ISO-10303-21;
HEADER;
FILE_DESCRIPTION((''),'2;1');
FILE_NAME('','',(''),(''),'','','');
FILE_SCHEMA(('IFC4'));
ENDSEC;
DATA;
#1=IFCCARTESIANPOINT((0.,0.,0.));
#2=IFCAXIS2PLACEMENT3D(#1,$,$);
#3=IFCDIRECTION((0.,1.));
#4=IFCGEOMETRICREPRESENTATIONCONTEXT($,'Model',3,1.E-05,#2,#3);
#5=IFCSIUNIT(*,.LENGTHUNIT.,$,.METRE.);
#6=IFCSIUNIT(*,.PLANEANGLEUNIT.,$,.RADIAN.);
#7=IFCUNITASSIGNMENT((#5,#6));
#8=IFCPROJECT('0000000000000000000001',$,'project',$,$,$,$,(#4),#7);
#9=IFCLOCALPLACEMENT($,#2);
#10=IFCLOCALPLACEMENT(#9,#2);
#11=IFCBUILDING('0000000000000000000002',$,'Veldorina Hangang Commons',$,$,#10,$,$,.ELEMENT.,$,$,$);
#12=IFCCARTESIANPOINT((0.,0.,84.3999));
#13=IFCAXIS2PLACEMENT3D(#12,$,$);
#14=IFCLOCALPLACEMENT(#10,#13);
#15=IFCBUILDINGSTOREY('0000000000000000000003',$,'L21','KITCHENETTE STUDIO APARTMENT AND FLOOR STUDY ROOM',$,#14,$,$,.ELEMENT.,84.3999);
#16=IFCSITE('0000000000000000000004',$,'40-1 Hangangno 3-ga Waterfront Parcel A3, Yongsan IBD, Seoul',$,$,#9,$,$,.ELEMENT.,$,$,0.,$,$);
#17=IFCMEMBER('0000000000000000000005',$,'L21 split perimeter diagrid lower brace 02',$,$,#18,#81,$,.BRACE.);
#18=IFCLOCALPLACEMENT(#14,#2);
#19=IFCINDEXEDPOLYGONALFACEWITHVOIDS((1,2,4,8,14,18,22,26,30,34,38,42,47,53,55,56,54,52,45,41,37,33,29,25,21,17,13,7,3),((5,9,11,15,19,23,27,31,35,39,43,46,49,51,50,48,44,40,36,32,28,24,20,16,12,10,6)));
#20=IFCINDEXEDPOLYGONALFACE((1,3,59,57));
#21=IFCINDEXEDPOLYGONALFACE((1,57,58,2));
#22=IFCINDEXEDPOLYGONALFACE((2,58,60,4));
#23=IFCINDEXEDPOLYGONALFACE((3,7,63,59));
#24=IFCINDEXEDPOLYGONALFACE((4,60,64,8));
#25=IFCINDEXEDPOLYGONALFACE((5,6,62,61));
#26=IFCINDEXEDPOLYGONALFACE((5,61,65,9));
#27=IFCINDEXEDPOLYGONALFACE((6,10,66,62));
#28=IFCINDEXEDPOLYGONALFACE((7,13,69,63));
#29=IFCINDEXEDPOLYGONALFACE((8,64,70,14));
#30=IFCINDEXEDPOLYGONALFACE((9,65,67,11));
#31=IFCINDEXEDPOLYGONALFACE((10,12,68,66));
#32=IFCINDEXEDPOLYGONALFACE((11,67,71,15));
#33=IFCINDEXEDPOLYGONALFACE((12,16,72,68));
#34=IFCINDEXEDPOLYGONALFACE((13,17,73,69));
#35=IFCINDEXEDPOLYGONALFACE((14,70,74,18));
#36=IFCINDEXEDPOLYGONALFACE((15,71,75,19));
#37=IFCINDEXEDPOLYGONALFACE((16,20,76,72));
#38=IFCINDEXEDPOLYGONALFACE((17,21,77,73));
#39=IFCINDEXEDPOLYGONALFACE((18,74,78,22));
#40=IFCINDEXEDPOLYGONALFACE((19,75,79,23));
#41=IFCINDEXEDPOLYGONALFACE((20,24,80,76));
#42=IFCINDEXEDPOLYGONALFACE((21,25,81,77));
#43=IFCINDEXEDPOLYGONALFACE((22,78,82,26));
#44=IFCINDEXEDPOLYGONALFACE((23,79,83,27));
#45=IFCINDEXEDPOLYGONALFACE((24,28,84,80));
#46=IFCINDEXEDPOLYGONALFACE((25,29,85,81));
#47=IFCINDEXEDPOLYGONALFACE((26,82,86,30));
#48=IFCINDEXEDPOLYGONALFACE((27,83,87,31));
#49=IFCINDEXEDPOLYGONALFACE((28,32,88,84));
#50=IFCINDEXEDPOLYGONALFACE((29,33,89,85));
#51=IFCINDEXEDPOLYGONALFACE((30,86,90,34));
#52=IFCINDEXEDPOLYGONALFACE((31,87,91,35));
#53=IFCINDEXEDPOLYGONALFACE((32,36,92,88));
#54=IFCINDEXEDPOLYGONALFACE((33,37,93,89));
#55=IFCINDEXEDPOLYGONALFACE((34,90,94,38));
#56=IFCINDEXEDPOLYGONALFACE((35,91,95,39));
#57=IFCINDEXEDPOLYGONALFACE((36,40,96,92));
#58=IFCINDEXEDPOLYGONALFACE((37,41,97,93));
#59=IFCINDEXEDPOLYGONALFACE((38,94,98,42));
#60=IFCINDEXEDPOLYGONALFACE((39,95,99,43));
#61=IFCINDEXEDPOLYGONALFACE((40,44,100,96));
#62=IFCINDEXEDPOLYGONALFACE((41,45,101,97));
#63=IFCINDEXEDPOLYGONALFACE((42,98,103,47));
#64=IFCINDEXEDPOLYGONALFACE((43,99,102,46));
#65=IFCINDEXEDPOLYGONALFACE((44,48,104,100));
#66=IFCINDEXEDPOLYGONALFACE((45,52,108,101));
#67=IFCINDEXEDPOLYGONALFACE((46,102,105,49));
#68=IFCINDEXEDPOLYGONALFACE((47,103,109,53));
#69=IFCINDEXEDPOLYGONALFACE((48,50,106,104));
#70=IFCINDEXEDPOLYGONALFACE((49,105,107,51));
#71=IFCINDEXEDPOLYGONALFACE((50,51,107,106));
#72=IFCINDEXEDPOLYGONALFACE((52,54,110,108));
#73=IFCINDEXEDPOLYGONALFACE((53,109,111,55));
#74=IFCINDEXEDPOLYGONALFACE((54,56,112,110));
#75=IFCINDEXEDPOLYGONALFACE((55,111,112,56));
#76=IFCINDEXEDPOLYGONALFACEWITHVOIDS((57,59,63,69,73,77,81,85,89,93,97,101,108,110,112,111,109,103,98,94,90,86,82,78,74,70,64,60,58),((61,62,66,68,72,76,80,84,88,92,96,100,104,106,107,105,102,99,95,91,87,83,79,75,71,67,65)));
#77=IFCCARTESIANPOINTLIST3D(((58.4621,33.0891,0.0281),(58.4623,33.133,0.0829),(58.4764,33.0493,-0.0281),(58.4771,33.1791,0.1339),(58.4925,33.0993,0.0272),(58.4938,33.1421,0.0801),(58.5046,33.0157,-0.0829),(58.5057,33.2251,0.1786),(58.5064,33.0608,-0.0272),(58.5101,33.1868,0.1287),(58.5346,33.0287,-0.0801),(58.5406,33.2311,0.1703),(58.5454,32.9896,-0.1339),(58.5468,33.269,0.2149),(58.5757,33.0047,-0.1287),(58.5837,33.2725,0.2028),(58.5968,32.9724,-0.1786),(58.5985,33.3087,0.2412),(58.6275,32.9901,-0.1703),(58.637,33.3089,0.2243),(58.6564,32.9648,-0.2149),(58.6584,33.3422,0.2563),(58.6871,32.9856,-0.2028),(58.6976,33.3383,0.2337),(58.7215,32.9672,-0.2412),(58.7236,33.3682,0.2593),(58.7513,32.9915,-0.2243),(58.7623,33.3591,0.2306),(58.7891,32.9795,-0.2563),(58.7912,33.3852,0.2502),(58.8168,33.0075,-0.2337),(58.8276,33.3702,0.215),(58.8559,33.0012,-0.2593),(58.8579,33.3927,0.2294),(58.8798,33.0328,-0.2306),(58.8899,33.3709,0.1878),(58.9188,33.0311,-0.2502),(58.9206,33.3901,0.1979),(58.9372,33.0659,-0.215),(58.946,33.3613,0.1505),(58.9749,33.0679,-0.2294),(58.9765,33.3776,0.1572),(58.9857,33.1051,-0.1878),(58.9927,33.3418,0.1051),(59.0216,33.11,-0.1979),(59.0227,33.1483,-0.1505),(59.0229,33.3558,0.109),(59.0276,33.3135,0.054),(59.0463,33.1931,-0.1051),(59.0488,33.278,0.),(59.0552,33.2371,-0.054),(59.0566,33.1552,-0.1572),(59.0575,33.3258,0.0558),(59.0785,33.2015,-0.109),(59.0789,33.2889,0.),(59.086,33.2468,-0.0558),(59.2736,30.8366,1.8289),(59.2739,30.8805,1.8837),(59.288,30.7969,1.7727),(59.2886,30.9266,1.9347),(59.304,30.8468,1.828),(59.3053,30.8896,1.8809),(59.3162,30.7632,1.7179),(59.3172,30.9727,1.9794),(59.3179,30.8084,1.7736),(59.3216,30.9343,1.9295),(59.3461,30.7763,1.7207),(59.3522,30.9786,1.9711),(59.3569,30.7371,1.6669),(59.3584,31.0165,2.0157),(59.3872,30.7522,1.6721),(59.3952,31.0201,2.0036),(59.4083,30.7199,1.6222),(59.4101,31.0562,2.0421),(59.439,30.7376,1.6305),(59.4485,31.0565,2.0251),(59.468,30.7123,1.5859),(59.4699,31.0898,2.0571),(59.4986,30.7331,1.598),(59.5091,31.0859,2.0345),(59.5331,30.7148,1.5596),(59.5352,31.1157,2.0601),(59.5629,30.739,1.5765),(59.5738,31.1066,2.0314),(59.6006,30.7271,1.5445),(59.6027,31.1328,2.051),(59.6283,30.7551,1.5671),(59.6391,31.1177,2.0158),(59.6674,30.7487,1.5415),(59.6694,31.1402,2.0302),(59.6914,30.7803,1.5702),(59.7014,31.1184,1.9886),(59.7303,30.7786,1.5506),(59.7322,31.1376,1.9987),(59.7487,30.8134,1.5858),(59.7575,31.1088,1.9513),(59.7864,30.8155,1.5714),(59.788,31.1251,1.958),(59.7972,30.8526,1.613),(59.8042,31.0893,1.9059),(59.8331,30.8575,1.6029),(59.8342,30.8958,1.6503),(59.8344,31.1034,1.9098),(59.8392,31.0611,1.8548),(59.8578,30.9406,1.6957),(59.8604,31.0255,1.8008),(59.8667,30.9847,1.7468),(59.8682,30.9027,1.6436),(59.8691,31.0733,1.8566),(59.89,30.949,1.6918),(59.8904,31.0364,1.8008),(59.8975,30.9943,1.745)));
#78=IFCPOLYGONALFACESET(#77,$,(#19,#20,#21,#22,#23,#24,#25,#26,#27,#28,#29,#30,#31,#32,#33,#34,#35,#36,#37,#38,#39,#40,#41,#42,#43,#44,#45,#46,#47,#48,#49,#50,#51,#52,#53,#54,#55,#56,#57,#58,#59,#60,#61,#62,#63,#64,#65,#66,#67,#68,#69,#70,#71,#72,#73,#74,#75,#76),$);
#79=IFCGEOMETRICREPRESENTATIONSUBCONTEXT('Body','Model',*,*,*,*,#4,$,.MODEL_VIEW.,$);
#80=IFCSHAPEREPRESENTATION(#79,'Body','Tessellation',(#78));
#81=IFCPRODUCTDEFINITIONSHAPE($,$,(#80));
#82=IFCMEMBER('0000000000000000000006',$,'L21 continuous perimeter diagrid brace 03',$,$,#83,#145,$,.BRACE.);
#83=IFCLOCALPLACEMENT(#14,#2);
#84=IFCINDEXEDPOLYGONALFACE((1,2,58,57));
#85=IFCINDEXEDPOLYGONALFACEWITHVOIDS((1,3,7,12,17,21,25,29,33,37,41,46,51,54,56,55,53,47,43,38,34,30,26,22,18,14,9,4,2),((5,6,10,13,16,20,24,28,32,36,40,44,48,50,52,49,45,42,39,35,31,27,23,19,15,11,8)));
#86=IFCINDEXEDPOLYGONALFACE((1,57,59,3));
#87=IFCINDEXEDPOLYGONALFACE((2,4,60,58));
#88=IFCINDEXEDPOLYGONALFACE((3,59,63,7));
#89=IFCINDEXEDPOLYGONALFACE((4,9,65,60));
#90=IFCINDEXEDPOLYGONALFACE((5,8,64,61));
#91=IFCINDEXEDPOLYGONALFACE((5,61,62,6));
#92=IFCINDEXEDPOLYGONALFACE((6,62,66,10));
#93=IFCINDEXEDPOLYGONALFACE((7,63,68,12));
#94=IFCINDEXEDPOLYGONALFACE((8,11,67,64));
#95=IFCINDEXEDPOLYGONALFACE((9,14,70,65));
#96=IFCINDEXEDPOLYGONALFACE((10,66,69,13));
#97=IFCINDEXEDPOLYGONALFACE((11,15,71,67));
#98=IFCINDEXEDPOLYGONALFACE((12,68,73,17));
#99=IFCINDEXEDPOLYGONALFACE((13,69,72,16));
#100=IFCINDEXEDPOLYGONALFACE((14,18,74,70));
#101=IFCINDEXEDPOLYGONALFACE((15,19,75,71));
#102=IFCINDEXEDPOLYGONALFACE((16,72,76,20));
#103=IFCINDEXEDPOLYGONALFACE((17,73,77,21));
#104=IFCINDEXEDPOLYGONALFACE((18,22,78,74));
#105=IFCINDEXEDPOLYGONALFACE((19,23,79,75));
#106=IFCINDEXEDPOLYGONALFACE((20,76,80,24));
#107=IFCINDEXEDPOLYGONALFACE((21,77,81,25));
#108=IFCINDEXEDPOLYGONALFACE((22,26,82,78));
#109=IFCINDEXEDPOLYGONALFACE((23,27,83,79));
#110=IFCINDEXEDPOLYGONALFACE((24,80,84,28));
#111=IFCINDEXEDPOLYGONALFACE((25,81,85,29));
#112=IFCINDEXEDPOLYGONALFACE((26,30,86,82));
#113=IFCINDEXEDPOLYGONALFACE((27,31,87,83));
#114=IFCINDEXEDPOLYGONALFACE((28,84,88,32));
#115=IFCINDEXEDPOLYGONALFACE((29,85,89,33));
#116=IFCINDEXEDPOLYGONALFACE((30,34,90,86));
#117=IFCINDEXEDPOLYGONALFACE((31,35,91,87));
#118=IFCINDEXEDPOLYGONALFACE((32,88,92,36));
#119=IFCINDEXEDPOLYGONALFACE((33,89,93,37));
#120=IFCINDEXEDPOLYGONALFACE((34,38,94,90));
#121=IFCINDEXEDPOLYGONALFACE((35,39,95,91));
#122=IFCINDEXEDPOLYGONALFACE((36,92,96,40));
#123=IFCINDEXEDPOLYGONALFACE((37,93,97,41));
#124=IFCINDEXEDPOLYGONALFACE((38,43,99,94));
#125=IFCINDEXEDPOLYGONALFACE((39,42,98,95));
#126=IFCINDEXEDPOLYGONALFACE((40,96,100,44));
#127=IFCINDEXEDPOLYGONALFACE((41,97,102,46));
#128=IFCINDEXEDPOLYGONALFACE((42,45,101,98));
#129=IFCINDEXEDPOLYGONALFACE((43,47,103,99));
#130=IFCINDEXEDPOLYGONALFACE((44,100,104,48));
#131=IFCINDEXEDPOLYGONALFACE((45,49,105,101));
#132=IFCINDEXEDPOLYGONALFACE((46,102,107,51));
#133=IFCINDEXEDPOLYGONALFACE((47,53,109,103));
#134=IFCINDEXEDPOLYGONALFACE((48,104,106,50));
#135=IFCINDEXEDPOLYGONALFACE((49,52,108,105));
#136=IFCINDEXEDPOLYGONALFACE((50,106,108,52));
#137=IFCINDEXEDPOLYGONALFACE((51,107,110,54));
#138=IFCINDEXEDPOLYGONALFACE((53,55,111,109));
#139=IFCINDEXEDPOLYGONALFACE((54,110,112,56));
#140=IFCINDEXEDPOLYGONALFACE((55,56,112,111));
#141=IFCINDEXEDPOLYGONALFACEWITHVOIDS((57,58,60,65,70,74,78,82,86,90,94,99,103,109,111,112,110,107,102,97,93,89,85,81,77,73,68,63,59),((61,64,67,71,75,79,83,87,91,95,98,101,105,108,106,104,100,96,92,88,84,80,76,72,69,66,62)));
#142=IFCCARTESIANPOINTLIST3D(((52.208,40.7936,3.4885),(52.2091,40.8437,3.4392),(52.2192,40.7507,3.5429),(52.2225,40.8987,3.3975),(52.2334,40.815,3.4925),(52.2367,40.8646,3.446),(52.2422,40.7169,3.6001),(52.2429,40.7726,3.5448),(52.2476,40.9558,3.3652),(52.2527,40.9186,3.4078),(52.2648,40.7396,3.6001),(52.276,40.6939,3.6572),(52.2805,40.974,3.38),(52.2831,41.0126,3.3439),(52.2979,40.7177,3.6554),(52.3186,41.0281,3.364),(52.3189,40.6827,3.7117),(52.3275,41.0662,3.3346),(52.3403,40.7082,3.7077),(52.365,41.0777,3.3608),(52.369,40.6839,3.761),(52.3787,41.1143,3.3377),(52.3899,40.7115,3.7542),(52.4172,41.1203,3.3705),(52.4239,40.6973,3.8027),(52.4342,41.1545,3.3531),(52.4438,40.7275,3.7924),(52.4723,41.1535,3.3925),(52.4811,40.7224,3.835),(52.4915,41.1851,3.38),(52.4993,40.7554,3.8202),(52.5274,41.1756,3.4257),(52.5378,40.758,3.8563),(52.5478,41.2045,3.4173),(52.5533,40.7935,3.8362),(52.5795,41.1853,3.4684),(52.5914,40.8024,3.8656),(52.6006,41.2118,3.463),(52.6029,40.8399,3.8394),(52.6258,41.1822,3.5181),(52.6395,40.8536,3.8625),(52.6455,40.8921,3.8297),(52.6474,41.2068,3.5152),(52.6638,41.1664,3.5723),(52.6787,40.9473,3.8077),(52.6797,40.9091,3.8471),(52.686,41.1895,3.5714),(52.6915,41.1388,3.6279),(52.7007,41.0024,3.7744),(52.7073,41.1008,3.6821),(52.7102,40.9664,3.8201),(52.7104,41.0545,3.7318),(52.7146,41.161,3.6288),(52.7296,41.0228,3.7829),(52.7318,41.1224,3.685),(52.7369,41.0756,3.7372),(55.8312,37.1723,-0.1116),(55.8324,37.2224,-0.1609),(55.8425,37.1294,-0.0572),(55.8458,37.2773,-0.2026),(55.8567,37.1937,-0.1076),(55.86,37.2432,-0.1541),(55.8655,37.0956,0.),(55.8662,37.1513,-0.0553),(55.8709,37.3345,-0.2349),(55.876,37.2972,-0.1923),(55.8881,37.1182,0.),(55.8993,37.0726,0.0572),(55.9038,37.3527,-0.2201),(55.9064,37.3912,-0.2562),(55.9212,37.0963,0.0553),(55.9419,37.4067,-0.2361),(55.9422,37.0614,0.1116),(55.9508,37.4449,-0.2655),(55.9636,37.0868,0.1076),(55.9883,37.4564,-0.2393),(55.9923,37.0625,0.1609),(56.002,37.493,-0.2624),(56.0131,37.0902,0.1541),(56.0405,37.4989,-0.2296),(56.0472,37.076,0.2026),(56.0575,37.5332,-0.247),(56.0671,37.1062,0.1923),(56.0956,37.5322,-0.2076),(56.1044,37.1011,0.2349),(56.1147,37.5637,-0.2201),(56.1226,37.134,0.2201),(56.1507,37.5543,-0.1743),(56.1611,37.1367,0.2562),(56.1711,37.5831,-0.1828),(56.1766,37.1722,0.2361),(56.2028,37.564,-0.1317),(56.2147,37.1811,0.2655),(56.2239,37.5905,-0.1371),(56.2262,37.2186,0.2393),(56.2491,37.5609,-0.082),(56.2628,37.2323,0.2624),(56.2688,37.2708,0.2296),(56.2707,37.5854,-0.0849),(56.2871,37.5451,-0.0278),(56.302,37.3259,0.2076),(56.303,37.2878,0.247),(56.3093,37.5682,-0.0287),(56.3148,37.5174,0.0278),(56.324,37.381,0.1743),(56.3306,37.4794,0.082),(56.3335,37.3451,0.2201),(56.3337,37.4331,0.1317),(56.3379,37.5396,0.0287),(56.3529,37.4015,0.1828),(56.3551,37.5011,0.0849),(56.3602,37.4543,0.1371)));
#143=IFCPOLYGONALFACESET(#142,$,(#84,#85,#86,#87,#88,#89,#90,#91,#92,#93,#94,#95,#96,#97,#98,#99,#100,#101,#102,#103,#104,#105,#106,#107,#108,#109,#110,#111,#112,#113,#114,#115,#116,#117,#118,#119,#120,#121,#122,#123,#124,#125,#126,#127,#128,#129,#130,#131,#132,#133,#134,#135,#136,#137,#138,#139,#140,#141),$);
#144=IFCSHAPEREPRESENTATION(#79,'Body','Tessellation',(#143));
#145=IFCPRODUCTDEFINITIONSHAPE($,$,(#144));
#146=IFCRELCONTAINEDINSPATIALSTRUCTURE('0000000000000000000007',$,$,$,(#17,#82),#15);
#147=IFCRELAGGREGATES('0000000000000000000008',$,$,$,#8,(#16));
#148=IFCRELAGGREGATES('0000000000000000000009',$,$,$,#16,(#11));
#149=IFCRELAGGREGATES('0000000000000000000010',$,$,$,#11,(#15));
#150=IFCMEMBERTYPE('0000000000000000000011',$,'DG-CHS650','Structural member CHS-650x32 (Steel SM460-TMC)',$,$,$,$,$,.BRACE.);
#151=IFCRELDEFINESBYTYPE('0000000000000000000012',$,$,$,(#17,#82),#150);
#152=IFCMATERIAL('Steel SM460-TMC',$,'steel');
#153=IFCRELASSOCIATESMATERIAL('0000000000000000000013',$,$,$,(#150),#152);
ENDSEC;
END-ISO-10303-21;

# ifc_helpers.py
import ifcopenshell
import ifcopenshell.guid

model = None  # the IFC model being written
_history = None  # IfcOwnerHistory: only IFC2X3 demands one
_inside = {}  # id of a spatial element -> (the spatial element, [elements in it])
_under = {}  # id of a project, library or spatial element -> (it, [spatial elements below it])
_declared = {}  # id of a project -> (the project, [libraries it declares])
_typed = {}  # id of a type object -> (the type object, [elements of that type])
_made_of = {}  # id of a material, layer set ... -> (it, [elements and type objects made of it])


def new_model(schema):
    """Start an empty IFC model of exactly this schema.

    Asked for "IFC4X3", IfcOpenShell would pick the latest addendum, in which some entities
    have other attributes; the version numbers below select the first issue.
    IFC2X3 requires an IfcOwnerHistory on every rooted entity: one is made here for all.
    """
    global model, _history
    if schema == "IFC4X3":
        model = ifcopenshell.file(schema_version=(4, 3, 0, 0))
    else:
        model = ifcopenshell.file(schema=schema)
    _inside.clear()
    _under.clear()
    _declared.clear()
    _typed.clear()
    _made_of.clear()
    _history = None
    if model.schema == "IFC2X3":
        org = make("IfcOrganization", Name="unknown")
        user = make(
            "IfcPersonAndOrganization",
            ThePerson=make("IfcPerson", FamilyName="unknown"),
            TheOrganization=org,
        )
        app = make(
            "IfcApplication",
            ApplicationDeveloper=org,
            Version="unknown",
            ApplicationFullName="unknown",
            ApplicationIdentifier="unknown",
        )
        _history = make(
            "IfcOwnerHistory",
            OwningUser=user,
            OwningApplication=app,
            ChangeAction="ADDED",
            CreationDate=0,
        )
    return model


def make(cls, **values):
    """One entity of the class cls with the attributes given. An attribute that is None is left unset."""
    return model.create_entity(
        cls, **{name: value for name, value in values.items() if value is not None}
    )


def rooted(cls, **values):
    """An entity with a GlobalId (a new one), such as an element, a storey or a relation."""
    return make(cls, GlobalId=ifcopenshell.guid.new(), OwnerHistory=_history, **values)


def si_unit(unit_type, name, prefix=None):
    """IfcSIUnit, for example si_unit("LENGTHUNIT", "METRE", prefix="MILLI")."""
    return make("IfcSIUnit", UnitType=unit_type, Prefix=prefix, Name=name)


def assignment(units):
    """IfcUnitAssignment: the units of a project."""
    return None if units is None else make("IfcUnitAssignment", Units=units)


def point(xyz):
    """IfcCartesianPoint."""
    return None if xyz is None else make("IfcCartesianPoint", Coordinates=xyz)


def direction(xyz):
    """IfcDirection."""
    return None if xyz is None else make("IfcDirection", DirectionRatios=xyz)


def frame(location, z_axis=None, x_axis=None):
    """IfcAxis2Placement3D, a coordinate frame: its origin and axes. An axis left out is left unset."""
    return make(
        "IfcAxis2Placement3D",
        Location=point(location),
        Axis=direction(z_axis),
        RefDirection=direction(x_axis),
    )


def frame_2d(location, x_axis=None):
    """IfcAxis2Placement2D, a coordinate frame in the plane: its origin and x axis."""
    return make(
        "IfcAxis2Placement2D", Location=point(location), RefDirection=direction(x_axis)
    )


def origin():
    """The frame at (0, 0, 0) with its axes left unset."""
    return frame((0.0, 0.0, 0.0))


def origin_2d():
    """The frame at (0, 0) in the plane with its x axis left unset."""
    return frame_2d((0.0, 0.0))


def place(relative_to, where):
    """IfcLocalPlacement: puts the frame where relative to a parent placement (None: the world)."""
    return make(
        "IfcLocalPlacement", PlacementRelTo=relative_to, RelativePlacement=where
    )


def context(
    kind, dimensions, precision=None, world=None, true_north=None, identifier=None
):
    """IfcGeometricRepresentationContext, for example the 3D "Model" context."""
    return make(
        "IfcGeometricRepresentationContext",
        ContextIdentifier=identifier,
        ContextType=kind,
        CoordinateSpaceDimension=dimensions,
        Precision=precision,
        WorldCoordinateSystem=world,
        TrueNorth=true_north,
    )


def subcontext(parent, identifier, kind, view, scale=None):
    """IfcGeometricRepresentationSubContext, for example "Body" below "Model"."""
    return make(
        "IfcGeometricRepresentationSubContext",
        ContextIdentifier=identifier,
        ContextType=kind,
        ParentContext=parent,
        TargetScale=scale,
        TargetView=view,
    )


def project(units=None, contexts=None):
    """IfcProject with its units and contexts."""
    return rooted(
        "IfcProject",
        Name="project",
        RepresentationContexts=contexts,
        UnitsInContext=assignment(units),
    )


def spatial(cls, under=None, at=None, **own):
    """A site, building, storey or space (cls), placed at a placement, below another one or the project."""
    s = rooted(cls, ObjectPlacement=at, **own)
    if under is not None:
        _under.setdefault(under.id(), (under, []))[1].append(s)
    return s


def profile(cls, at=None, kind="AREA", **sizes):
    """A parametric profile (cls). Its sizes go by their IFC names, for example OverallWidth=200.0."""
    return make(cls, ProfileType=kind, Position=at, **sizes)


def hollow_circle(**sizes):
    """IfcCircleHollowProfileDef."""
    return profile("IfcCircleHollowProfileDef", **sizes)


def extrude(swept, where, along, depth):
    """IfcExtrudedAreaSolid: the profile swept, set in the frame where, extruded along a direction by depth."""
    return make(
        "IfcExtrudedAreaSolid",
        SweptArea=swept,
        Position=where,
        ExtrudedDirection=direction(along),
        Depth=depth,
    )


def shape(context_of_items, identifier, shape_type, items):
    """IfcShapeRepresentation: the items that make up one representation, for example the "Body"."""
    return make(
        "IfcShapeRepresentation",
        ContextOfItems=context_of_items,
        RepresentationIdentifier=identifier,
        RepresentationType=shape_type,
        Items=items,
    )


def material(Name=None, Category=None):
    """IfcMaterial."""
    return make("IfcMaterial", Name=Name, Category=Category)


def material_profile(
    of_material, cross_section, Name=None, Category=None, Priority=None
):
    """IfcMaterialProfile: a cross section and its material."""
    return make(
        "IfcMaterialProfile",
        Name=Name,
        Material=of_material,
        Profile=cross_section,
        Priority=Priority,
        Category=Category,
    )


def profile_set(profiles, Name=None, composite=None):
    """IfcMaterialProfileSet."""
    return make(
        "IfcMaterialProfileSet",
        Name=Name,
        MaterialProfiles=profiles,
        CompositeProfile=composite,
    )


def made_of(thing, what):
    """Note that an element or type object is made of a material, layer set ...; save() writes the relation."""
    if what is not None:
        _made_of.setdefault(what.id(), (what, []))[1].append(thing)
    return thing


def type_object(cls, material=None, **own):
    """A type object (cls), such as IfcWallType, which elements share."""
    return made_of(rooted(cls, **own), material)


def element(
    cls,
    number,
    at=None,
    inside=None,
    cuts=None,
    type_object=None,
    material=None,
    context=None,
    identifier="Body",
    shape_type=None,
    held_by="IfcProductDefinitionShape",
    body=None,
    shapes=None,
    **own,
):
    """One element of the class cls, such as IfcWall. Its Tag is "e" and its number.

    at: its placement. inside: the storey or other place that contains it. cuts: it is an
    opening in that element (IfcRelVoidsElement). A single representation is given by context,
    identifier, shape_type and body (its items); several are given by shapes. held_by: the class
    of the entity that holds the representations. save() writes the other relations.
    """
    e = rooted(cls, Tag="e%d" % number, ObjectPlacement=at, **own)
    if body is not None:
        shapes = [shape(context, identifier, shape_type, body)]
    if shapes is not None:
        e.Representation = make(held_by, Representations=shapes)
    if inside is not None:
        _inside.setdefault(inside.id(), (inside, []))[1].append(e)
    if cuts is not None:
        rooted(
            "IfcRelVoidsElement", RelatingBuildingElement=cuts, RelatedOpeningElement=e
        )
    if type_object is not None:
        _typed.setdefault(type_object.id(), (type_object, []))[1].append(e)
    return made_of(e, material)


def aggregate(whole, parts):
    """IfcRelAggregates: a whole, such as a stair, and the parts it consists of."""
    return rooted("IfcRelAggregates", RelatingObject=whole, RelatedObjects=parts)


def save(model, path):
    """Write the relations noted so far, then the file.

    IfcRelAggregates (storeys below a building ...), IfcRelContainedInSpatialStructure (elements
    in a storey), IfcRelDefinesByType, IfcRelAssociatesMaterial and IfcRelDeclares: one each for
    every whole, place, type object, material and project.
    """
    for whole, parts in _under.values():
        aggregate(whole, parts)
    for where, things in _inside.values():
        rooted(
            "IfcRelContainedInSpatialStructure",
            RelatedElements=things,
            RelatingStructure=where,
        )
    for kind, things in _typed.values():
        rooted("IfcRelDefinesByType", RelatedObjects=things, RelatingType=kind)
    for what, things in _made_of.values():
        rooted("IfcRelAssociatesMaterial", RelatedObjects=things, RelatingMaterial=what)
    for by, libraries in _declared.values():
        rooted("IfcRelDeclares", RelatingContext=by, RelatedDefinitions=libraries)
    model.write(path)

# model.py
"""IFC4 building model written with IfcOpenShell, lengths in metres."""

from ifc_helpers import new_model, si_unit, direction, frame, origin, origin_2d, place, context, subcontext, project, spatial, hollow_circle, extrude, material, material_profile, profile_set, type_object, element, save


model = new_model("IFC4")

# Units and contexts
model_context = context("Model", 3, precision=1e-05, world=origin(), true_north=direction((0.0, 1.0)))
body_context = subcontext(model_context, "Body", "Model", "MODEL_VIEW")
ifc_project = project(units=[si_unit("LENGTHUNIT", "METRE"), si_unit("PLANEANGLEUNIT", "RADIAN")], contexts=[model_context])

# Site, building, storey
site_placement = place(None, origin())
site = spatial("IfcSite", under=ifc_project, at=site_placement, Name="40-1 Hangangno 3-ga Waterfront Parcel A3, Yongsan IBD, Seoul", CompositionType="ELEMENT", RefElevation=0.0)
building_placement = place(site_placement, origin())
building = spatial("IfcBuilding", under=site, at=building_placement, Name="Veldorina Hangang Commons", CompositionType="ELEMENT")
storey_placement = place(building_placement, frame((0.0, 0.0, 84.3999)))
storey = spatial("IfcBuildingStorey", under=building, at=storey_placement, Name="L21", Description="KITCHENETTE STUDIO APARTMENT AND FLOOR STUDY ROOM", CompositionType="ELEMENT", Elevation=84.3999)

# Members
ifc_material_1 = material(Name="Steel SM460-TMC", Category="steel")
ifc_material_profile_1 = material_profile(ifc_material_1, hollow_circle(Radius=0.325, WallThickness=0.032, at=origin_2d()), Name="CHS-650x32")
ifc_profile_set_1 = profile_set([ifc_material_profile_1], Name="Steel SM460-TMC")
member_type = type_object("IfcMemberType", Name="DG-CHS650", Description="Structural member CHS-650x32 (Steel SM460-TMC)", PredefinedType="BRACE", material=ifc_profile_set_1)
member_1_placement = place(storey_placement, frame((58.7732, 33.1787, 0.0), z_axis=(0.270886, -0.751864, 0.6011), x_axis=(0.940802, 0.338958, 0.0)))
element("IfcMember", 1, at=member_1_placement, inside=storey, type_object=member_type, Name="L21 split perimeter diagrid lower brace 02", PredefinedType="BRACE", context=body_context, shape_type="SweptSolid", body=[
    extrude(hollow_circle(Radius=0.325, WallThickness=0.032, at=origin_2d()), origin(), (0.0, 0.0, 1.0), 2.9958),
])
member_2_placement = place(storey_placement, frame((56.0952, 37.3254, 0.0), z_axis=(-0.578687, 0.578375, 0.574982), x_axis=(-0.706916, -0.707297, 0.0)))
element("IfcMember", 2, at=member_2_placement, inside=storey, type_object=member_type, Name="L21 continuous perimeter diagrid brace 03", PredefinedType="BRACE", context=body_context, shape_type="SweptSolid", body=[
    extrude(hollow_circle(Radius=0.325, WallThickness=0.032, at=origin_2d()), origin(), (0.0, 0.0, 1.0), 6.2612),
])

save(model, "model.ifc")
